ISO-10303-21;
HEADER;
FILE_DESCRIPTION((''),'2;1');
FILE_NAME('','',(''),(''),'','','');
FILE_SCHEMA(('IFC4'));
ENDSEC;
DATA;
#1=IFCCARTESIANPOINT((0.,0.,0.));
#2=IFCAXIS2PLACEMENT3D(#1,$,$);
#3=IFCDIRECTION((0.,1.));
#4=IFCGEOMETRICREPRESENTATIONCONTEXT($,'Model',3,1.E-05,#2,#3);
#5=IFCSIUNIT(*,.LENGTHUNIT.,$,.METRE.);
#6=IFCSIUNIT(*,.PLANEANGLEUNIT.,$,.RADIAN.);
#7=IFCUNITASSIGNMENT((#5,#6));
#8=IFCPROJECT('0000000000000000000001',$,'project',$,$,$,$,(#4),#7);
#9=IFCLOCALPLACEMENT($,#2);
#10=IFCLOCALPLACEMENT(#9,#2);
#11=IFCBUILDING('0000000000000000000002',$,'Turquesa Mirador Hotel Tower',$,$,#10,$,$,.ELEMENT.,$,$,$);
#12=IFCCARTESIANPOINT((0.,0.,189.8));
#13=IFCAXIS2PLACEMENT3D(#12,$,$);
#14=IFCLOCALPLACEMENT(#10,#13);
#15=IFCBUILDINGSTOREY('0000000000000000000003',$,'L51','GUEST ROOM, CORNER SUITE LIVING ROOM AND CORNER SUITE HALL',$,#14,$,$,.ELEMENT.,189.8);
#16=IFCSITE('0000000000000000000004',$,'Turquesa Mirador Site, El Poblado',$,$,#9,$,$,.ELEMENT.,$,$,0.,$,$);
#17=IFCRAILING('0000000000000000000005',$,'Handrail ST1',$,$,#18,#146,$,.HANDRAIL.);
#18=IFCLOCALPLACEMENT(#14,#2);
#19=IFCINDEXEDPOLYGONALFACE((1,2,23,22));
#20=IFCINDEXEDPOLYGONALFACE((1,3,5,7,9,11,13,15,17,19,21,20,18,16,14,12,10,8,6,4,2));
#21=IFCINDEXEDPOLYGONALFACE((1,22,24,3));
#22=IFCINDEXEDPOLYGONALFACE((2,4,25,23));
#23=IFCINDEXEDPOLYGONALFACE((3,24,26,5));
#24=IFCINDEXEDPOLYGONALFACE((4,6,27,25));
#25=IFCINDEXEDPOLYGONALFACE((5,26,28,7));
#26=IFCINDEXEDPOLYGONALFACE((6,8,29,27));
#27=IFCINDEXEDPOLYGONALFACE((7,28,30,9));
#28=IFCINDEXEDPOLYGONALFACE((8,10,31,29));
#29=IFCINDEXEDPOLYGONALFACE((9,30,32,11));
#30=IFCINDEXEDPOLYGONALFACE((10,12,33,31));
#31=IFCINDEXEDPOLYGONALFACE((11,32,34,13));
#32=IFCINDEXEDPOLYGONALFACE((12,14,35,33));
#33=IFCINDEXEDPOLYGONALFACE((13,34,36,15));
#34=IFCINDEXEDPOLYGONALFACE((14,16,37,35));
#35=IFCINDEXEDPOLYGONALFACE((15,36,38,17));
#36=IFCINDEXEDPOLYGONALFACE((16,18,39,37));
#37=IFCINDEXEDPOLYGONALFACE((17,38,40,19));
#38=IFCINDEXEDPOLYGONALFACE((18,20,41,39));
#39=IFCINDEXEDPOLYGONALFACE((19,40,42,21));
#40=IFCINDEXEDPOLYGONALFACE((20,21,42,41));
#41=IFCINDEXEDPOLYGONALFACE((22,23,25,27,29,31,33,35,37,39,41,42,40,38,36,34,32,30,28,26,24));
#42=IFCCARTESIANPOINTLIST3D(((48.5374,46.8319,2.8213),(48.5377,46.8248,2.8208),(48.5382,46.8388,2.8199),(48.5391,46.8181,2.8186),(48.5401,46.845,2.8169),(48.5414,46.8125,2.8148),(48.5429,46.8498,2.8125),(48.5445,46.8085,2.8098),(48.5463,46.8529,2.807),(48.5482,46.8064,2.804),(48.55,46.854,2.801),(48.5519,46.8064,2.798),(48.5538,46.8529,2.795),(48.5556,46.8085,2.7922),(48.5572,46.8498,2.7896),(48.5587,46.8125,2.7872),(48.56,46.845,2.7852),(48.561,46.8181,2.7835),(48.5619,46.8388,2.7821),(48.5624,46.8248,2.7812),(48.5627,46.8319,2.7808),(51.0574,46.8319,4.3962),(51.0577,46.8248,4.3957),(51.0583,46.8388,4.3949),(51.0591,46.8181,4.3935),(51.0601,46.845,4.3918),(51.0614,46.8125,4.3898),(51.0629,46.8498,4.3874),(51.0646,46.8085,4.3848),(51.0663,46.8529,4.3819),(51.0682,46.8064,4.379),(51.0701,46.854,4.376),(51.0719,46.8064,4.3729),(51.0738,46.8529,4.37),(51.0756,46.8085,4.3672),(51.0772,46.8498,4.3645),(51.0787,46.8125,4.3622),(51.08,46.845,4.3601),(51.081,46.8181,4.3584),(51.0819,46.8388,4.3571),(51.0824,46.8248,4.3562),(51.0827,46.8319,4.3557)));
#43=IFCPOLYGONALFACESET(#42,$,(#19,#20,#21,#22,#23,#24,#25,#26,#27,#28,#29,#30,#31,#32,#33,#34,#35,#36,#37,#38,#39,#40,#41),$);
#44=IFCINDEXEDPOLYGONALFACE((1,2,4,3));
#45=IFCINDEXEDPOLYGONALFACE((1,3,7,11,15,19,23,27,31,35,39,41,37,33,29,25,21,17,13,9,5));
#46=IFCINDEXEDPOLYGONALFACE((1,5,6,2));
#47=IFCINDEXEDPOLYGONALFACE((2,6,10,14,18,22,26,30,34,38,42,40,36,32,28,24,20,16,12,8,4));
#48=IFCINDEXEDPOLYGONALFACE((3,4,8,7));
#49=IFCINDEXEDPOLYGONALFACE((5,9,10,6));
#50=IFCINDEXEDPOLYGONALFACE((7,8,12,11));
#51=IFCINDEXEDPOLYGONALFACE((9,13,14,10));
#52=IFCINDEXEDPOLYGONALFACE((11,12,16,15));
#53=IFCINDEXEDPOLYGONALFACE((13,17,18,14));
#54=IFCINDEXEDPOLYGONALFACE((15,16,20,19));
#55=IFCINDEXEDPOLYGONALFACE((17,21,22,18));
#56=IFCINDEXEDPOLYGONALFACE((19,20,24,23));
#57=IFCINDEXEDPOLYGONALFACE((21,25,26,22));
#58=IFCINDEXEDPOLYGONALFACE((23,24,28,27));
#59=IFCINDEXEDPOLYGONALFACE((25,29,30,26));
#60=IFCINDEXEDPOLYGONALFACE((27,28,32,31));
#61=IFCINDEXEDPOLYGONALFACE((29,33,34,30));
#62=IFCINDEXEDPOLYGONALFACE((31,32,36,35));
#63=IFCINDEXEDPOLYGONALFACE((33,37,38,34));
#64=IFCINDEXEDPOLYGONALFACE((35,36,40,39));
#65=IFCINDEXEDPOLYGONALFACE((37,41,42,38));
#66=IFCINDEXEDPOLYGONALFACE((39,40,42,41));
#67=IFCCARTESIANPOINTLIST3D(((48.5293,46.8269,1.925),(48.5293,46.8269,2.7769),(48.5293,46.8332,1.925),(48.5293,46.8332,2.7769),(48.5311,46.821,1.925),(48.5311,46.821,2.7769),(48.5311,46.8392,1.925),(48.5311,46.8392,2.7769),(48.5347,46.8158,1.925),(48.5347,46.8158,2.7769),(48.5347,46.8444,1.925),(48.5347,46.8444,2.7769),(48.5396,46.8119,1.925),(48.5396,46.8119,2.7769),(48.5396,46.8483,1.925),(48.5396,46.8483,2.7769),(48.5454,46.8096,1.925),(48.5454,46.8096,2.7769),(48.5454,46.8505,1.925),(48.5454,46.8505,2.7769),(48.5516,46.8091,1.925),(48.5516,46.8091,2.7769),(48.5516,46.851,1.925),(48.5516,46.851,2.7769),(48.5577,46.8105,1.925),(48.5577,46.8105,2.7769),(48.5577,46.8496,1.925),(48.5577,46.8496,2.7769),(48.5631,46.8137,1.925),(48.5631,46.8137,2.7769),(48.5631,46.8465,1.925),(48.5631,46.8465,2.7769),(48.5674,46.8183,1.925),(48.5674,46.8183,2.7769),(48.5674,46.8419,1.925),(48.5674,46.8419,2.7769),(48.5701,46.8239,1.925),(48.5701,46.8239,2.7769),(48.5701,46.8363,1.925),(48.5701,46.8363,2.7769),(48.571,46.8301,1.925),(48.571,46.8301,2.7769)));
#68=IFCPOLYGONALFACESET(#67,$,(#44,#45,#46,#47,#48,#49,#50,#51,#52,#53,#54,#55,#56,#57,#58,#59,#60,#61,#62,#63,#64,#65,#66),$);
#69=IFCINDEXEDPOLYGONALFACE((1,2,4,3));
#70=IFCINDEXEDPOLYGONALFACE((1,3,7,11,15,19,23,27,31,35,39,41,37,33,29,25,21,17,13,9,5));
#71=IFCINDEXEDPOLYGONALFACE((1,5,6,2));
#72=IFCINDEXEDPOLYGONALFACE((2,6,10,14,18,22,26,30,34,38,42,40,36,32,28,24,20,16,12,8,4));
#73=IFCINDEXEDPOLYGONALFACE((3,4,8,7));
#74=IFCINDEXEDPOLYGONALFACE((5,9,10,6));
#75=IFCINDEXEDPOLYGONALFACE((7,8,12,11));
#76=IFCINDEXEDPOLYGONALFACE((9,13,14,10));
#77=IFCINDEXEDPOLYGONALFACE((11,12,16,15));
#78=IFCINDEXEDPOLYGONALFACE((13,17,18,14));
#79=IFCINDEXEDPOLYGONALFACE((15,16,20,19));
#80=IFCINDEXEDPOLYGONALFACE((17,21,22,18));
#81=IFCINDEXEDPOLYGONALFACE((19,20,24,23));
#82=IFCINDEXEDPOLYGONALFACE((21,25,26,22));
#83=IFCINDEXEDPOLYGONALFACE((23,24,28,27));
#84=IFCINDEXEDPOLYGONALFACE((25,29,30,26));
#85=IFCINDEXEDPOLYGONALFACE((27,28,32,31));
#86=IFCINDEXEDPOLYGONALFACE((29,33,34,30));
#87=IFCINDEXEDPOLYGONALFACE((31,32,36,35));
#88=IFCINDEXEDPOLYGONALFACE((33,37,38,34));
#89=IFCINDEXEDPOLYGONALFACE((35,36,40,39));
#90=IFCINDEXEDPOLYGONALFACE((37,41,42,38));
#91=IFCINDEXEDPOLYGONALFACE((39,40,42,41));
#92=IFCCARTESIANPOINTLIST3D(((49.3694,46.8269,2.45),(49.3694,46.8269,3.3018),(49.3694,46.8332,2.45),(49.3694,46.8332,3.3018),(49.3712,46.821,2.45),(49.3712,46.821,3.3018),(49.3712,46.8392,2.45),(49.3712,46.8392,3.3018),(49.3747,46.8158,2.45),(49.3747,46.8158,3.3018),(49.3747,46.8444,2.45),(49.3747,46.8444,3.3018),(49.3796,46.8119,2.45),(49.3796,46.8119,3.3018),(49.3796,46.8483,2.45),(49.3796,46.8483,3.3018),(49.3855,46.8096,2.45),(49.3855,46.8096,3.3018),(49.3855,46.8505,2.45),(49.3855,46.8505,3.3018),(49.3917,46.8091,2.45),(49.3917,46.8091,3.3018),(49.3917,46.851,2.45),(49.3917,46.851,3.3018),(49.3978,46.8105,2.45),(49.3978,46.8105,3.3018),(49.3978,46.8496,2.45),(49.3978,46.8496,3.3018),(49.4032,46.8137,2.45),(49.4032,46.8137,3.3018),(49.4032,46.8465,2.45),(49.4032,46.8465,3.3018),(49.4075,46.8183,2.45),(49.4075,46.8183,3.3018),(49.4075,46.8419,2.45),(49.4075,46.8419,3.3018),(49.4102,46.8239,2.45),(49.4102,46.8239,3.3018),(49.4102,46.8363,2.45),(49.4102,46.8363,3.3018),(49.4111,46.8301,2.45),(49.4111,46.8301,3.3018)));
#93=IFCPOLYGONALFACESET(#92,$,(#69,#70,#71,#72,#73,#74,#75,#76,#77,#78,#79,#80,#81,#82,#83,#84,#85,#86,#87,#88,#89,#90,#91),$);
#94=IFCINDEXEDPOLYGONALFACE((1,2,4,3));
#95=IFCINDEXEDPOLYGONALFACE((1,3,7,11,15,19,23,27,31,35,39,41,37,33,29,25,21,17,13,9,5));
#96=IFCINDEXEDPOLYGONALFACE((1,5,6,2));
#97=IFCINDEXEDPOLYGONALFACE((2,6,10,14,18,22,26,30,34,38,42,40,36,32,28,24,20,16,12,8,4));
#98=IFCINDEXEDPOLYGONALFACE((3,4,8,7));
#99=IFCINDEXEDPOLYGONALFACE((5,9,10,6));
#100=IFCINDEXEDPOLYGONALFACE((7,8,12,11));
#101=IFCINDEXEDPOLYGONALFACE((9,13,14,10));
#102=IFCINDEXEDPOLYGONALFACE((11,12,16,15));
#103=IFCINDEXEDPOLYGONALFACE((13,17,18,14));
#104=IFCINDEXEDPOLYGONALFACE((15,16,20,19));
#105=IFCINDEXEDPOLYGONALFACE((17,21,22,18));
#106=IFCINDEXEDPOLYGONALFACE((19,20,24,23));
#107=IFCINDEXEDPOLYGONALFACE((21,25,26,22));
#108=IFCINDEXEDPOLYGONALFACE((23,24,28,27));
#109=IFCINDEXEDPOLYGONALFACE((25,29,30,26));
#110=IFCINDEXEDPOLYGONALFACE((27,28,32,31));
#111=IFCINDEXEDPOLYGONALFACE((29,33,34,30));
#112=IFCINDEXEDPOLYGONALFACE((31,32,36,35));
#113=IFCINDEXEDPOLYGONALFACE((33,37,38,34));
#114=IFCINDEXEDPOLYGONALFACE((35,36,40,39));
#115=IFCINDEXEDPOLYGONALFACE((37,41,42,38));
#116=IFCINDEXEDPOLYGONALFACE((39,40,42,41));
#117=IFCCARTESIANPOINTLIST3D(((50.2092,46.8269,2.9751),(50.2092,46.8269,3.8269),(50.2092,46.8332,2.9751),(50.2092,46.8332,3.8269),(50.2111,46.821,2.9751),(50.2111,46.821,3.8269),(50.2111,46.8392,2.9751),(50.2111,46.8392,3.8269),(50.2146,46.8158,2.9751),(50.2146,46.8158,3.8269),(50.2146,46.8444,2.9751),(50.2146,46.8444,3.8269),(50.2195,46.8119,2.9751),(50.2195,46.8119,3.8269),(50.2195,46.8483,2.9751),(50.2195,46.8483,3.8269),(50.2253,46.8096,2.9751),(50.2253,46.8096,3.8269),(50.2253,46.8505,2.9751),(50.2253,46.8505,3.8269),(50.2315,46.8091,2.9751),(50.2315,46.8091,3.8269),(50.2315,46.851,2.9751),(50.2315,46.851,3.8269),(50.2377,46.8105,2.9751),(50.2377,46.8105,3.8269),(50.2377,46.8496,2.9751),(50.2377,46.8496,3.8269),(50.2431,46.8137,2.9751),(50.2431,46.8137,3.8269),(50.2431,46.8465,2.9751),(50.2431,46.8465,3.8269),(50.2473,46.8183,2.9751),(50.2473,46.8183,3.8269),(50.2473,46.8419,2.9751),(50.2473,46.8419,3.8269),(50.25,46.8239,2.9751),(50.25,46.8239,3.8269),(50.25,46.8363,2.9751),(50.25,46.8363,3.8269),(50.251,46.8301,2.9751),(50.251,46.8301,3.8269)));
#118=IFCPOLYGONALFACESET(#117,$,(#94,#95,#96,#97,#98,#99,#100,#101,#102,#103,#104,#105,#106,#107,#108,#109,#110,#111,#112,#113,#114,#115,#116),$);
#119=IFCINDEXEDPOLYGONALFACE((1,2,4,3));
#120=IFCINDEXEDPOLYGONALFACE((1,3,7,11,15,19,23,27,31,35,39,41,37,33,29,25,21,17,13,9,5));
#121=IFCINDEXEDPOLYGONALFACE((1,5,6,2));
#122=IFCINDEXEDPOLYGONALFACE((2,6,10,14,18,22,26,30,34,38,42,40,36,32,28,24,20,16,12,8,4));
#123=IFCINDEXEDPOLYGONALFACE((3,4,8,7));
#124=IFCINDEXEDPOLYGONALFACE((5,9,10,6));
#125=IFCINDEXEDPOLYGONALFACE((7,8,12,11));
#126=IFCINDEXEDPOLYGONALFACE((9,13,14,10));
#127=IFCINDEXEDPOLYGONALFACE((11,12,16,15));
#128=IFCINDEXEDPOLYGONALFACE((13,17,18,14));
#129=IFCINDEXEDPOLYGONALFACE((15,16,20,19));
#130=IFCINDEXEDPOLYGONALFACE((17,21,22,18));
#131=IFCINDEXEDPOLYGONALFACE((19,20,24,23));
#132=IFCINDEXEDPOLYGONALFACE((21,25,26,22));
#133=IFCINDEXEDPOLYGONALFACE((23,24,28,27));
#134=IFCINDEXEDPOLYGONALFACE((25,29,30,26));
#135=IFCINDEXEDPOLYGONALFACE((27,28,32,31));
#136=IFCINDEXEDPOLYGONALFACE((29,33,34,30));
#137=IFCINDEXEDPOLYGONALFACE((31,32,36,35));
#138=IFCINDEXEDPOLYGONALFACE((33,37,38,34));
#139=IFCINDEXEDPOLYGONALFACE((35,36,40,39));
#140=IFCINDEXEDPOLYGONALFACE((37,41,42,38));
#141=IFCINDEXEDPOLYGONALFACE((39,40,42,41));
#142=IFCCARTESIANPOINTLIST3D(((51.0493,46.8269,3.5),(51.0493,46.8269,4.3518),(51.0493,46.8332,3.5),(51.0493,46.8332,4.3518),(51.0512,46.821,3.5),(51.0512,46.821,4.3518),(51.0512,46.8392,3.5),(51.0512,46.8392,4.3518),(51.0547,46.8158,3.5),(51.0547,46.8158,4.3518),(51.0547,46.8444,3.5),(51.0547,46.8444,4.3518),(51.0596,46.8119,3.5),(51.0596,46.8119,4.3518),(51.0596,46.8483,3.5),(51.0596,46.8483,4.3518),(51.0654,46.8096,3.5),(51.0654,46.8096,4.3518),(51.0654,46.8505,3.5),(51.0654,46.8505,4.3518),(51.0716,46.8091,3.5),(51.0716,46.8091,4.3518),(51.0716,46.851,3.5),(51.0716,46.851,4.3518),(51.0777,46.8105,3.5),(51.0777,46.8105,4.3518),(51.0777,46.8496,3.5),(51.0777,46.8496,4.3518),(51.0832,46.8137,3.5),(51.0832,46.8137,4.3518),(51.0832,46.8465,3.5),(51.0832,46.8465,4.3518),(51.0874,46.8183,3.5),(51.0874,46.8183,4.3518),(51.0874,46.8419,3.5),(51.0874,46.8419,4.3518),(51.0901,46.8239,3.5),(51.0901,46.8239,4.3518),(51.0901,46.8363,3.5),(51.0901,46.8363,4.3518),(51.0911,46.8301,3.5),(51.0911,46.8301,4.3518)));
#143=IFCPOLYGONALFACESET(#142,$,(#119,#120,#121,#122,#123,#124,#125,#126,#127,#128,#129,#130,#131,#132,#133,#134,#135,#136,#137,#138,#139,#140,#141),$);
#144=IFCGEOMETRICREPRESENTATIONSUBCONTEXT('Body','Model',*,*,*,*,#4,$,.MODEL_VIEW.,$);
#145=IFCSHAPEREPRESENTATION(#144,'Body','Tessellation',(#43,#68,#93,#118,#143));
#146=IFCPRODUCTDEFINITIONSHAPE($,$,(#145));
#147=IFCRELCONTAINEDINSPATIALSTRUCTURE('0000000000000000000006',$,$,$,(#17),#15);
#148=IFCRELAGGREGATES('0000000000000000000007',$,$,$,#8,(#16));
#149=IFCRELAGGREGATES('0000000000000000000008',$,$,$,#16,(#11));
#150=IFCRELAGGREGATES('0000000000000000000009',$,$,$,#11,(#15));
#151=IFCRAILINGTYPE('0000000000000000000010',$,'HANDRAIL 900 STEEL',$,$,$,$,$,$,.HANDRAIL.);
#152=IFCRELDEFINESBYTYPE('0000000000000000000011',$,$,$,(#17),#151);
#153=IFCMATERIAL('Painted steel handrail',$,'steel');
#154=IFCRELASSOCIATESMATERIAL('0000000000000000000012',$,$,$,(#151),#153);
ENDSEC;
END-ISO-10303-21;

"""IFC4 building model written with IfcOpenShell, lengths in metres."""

from ifc_helpers import new_model, si_unit, direction, frame, origin, origin_2d, place, context, subcontext, project, spatial, circle, extrude, material, type_object, element, save


model = new_model("IFC4")

# Units and contexts
model_context = context("Model", 3, precision=1e-05, world=origin(), true_north=direction((0.0, 1.0)))
body_context = subcontext(model_context, "Body", "Model", "MODEL_VIEW")
ifc_project = project(units=[si_unit("LENGTHUNIT", "METRE"), si_unit("PLANEANGLEUNIT", "RADIAN")], contexts=[model_context])

# Site, building, storey
site_placement = place(None, origin())
site = spatial("IfcSite", under=ifc_project, at=site_placement, Name="Turquesa Mirador Site, El Poblado", CompositionType="ELEMENT", RefElevation=0.0)
building_placement = place(site_placement, origin())
building = spatial("IfcBuilding", under=site, at=building_placement, Name="Turquesa Mirador Hotel Tower", CompositionType="ELEMENT")
storey_placement = place(building_placement, frame((0.0, 0.0, 189.8)))
storey = spatial("IfcBuildingStorey", under=building, at=storey_placement, Name="L51", Description="GUEST ROOM, CORNER SUITE LIVING ROOM AND CORNER SUITE HALL", CompositionType="ELEMENT", Elevation=189.8)

# Railing
ifc_material_1 = material(Name="Painted steel handrail", Category="steel")
railing_type = type_object("IfcRailingType", Name="HANDRAIL 900 STEEL", PredefinedType="HANDRAIL", material=ifc_material_1)
railing_1_placement = place(storey_placement, frame((48.55, 46.8301, 1.925)))
element("IfcRailing", 1, at=railing_1_placement, inside=storey, type_object=railing_type, Name="Handrail ST1", PredefinedType="HANDRAIL", context=body_context, shape_type="SweptSolid", body=[
    extrude(circle(Radius=0.0239, at=origin_2d()), frame((0.0, 0.0, 0.876), z_axis=(0.848008, 0.0, 0.529984), x_axis=(0.0, 1.0, 0.0)), (0.0, 0.0, 1.0), 2.9717),
    extrude(circle(Radius=0.021, at=origin_2d()), origin(), (0.0, 0.0, 1.0), 0.8518),
    extrude(circle(Radius=0.021, at=origin_2d()), frame((0.8401, 0.0, 0.5249)), (0.0, 0.0, 1.0), 0.8518),
    extrude(circle(Radius=0.021, at=origin_2d()), frame((1.6799, 0.0, 1.05)), (0.0, 0.0, 1.0), 0.8518),
    extrude(circle(Radius=0.021, at=origin_2d()), frame((2.52, 0.0, 1.575)), (0.0, 0.0, 1.0), 0.8518),
])

save(model, "model.ifc")
